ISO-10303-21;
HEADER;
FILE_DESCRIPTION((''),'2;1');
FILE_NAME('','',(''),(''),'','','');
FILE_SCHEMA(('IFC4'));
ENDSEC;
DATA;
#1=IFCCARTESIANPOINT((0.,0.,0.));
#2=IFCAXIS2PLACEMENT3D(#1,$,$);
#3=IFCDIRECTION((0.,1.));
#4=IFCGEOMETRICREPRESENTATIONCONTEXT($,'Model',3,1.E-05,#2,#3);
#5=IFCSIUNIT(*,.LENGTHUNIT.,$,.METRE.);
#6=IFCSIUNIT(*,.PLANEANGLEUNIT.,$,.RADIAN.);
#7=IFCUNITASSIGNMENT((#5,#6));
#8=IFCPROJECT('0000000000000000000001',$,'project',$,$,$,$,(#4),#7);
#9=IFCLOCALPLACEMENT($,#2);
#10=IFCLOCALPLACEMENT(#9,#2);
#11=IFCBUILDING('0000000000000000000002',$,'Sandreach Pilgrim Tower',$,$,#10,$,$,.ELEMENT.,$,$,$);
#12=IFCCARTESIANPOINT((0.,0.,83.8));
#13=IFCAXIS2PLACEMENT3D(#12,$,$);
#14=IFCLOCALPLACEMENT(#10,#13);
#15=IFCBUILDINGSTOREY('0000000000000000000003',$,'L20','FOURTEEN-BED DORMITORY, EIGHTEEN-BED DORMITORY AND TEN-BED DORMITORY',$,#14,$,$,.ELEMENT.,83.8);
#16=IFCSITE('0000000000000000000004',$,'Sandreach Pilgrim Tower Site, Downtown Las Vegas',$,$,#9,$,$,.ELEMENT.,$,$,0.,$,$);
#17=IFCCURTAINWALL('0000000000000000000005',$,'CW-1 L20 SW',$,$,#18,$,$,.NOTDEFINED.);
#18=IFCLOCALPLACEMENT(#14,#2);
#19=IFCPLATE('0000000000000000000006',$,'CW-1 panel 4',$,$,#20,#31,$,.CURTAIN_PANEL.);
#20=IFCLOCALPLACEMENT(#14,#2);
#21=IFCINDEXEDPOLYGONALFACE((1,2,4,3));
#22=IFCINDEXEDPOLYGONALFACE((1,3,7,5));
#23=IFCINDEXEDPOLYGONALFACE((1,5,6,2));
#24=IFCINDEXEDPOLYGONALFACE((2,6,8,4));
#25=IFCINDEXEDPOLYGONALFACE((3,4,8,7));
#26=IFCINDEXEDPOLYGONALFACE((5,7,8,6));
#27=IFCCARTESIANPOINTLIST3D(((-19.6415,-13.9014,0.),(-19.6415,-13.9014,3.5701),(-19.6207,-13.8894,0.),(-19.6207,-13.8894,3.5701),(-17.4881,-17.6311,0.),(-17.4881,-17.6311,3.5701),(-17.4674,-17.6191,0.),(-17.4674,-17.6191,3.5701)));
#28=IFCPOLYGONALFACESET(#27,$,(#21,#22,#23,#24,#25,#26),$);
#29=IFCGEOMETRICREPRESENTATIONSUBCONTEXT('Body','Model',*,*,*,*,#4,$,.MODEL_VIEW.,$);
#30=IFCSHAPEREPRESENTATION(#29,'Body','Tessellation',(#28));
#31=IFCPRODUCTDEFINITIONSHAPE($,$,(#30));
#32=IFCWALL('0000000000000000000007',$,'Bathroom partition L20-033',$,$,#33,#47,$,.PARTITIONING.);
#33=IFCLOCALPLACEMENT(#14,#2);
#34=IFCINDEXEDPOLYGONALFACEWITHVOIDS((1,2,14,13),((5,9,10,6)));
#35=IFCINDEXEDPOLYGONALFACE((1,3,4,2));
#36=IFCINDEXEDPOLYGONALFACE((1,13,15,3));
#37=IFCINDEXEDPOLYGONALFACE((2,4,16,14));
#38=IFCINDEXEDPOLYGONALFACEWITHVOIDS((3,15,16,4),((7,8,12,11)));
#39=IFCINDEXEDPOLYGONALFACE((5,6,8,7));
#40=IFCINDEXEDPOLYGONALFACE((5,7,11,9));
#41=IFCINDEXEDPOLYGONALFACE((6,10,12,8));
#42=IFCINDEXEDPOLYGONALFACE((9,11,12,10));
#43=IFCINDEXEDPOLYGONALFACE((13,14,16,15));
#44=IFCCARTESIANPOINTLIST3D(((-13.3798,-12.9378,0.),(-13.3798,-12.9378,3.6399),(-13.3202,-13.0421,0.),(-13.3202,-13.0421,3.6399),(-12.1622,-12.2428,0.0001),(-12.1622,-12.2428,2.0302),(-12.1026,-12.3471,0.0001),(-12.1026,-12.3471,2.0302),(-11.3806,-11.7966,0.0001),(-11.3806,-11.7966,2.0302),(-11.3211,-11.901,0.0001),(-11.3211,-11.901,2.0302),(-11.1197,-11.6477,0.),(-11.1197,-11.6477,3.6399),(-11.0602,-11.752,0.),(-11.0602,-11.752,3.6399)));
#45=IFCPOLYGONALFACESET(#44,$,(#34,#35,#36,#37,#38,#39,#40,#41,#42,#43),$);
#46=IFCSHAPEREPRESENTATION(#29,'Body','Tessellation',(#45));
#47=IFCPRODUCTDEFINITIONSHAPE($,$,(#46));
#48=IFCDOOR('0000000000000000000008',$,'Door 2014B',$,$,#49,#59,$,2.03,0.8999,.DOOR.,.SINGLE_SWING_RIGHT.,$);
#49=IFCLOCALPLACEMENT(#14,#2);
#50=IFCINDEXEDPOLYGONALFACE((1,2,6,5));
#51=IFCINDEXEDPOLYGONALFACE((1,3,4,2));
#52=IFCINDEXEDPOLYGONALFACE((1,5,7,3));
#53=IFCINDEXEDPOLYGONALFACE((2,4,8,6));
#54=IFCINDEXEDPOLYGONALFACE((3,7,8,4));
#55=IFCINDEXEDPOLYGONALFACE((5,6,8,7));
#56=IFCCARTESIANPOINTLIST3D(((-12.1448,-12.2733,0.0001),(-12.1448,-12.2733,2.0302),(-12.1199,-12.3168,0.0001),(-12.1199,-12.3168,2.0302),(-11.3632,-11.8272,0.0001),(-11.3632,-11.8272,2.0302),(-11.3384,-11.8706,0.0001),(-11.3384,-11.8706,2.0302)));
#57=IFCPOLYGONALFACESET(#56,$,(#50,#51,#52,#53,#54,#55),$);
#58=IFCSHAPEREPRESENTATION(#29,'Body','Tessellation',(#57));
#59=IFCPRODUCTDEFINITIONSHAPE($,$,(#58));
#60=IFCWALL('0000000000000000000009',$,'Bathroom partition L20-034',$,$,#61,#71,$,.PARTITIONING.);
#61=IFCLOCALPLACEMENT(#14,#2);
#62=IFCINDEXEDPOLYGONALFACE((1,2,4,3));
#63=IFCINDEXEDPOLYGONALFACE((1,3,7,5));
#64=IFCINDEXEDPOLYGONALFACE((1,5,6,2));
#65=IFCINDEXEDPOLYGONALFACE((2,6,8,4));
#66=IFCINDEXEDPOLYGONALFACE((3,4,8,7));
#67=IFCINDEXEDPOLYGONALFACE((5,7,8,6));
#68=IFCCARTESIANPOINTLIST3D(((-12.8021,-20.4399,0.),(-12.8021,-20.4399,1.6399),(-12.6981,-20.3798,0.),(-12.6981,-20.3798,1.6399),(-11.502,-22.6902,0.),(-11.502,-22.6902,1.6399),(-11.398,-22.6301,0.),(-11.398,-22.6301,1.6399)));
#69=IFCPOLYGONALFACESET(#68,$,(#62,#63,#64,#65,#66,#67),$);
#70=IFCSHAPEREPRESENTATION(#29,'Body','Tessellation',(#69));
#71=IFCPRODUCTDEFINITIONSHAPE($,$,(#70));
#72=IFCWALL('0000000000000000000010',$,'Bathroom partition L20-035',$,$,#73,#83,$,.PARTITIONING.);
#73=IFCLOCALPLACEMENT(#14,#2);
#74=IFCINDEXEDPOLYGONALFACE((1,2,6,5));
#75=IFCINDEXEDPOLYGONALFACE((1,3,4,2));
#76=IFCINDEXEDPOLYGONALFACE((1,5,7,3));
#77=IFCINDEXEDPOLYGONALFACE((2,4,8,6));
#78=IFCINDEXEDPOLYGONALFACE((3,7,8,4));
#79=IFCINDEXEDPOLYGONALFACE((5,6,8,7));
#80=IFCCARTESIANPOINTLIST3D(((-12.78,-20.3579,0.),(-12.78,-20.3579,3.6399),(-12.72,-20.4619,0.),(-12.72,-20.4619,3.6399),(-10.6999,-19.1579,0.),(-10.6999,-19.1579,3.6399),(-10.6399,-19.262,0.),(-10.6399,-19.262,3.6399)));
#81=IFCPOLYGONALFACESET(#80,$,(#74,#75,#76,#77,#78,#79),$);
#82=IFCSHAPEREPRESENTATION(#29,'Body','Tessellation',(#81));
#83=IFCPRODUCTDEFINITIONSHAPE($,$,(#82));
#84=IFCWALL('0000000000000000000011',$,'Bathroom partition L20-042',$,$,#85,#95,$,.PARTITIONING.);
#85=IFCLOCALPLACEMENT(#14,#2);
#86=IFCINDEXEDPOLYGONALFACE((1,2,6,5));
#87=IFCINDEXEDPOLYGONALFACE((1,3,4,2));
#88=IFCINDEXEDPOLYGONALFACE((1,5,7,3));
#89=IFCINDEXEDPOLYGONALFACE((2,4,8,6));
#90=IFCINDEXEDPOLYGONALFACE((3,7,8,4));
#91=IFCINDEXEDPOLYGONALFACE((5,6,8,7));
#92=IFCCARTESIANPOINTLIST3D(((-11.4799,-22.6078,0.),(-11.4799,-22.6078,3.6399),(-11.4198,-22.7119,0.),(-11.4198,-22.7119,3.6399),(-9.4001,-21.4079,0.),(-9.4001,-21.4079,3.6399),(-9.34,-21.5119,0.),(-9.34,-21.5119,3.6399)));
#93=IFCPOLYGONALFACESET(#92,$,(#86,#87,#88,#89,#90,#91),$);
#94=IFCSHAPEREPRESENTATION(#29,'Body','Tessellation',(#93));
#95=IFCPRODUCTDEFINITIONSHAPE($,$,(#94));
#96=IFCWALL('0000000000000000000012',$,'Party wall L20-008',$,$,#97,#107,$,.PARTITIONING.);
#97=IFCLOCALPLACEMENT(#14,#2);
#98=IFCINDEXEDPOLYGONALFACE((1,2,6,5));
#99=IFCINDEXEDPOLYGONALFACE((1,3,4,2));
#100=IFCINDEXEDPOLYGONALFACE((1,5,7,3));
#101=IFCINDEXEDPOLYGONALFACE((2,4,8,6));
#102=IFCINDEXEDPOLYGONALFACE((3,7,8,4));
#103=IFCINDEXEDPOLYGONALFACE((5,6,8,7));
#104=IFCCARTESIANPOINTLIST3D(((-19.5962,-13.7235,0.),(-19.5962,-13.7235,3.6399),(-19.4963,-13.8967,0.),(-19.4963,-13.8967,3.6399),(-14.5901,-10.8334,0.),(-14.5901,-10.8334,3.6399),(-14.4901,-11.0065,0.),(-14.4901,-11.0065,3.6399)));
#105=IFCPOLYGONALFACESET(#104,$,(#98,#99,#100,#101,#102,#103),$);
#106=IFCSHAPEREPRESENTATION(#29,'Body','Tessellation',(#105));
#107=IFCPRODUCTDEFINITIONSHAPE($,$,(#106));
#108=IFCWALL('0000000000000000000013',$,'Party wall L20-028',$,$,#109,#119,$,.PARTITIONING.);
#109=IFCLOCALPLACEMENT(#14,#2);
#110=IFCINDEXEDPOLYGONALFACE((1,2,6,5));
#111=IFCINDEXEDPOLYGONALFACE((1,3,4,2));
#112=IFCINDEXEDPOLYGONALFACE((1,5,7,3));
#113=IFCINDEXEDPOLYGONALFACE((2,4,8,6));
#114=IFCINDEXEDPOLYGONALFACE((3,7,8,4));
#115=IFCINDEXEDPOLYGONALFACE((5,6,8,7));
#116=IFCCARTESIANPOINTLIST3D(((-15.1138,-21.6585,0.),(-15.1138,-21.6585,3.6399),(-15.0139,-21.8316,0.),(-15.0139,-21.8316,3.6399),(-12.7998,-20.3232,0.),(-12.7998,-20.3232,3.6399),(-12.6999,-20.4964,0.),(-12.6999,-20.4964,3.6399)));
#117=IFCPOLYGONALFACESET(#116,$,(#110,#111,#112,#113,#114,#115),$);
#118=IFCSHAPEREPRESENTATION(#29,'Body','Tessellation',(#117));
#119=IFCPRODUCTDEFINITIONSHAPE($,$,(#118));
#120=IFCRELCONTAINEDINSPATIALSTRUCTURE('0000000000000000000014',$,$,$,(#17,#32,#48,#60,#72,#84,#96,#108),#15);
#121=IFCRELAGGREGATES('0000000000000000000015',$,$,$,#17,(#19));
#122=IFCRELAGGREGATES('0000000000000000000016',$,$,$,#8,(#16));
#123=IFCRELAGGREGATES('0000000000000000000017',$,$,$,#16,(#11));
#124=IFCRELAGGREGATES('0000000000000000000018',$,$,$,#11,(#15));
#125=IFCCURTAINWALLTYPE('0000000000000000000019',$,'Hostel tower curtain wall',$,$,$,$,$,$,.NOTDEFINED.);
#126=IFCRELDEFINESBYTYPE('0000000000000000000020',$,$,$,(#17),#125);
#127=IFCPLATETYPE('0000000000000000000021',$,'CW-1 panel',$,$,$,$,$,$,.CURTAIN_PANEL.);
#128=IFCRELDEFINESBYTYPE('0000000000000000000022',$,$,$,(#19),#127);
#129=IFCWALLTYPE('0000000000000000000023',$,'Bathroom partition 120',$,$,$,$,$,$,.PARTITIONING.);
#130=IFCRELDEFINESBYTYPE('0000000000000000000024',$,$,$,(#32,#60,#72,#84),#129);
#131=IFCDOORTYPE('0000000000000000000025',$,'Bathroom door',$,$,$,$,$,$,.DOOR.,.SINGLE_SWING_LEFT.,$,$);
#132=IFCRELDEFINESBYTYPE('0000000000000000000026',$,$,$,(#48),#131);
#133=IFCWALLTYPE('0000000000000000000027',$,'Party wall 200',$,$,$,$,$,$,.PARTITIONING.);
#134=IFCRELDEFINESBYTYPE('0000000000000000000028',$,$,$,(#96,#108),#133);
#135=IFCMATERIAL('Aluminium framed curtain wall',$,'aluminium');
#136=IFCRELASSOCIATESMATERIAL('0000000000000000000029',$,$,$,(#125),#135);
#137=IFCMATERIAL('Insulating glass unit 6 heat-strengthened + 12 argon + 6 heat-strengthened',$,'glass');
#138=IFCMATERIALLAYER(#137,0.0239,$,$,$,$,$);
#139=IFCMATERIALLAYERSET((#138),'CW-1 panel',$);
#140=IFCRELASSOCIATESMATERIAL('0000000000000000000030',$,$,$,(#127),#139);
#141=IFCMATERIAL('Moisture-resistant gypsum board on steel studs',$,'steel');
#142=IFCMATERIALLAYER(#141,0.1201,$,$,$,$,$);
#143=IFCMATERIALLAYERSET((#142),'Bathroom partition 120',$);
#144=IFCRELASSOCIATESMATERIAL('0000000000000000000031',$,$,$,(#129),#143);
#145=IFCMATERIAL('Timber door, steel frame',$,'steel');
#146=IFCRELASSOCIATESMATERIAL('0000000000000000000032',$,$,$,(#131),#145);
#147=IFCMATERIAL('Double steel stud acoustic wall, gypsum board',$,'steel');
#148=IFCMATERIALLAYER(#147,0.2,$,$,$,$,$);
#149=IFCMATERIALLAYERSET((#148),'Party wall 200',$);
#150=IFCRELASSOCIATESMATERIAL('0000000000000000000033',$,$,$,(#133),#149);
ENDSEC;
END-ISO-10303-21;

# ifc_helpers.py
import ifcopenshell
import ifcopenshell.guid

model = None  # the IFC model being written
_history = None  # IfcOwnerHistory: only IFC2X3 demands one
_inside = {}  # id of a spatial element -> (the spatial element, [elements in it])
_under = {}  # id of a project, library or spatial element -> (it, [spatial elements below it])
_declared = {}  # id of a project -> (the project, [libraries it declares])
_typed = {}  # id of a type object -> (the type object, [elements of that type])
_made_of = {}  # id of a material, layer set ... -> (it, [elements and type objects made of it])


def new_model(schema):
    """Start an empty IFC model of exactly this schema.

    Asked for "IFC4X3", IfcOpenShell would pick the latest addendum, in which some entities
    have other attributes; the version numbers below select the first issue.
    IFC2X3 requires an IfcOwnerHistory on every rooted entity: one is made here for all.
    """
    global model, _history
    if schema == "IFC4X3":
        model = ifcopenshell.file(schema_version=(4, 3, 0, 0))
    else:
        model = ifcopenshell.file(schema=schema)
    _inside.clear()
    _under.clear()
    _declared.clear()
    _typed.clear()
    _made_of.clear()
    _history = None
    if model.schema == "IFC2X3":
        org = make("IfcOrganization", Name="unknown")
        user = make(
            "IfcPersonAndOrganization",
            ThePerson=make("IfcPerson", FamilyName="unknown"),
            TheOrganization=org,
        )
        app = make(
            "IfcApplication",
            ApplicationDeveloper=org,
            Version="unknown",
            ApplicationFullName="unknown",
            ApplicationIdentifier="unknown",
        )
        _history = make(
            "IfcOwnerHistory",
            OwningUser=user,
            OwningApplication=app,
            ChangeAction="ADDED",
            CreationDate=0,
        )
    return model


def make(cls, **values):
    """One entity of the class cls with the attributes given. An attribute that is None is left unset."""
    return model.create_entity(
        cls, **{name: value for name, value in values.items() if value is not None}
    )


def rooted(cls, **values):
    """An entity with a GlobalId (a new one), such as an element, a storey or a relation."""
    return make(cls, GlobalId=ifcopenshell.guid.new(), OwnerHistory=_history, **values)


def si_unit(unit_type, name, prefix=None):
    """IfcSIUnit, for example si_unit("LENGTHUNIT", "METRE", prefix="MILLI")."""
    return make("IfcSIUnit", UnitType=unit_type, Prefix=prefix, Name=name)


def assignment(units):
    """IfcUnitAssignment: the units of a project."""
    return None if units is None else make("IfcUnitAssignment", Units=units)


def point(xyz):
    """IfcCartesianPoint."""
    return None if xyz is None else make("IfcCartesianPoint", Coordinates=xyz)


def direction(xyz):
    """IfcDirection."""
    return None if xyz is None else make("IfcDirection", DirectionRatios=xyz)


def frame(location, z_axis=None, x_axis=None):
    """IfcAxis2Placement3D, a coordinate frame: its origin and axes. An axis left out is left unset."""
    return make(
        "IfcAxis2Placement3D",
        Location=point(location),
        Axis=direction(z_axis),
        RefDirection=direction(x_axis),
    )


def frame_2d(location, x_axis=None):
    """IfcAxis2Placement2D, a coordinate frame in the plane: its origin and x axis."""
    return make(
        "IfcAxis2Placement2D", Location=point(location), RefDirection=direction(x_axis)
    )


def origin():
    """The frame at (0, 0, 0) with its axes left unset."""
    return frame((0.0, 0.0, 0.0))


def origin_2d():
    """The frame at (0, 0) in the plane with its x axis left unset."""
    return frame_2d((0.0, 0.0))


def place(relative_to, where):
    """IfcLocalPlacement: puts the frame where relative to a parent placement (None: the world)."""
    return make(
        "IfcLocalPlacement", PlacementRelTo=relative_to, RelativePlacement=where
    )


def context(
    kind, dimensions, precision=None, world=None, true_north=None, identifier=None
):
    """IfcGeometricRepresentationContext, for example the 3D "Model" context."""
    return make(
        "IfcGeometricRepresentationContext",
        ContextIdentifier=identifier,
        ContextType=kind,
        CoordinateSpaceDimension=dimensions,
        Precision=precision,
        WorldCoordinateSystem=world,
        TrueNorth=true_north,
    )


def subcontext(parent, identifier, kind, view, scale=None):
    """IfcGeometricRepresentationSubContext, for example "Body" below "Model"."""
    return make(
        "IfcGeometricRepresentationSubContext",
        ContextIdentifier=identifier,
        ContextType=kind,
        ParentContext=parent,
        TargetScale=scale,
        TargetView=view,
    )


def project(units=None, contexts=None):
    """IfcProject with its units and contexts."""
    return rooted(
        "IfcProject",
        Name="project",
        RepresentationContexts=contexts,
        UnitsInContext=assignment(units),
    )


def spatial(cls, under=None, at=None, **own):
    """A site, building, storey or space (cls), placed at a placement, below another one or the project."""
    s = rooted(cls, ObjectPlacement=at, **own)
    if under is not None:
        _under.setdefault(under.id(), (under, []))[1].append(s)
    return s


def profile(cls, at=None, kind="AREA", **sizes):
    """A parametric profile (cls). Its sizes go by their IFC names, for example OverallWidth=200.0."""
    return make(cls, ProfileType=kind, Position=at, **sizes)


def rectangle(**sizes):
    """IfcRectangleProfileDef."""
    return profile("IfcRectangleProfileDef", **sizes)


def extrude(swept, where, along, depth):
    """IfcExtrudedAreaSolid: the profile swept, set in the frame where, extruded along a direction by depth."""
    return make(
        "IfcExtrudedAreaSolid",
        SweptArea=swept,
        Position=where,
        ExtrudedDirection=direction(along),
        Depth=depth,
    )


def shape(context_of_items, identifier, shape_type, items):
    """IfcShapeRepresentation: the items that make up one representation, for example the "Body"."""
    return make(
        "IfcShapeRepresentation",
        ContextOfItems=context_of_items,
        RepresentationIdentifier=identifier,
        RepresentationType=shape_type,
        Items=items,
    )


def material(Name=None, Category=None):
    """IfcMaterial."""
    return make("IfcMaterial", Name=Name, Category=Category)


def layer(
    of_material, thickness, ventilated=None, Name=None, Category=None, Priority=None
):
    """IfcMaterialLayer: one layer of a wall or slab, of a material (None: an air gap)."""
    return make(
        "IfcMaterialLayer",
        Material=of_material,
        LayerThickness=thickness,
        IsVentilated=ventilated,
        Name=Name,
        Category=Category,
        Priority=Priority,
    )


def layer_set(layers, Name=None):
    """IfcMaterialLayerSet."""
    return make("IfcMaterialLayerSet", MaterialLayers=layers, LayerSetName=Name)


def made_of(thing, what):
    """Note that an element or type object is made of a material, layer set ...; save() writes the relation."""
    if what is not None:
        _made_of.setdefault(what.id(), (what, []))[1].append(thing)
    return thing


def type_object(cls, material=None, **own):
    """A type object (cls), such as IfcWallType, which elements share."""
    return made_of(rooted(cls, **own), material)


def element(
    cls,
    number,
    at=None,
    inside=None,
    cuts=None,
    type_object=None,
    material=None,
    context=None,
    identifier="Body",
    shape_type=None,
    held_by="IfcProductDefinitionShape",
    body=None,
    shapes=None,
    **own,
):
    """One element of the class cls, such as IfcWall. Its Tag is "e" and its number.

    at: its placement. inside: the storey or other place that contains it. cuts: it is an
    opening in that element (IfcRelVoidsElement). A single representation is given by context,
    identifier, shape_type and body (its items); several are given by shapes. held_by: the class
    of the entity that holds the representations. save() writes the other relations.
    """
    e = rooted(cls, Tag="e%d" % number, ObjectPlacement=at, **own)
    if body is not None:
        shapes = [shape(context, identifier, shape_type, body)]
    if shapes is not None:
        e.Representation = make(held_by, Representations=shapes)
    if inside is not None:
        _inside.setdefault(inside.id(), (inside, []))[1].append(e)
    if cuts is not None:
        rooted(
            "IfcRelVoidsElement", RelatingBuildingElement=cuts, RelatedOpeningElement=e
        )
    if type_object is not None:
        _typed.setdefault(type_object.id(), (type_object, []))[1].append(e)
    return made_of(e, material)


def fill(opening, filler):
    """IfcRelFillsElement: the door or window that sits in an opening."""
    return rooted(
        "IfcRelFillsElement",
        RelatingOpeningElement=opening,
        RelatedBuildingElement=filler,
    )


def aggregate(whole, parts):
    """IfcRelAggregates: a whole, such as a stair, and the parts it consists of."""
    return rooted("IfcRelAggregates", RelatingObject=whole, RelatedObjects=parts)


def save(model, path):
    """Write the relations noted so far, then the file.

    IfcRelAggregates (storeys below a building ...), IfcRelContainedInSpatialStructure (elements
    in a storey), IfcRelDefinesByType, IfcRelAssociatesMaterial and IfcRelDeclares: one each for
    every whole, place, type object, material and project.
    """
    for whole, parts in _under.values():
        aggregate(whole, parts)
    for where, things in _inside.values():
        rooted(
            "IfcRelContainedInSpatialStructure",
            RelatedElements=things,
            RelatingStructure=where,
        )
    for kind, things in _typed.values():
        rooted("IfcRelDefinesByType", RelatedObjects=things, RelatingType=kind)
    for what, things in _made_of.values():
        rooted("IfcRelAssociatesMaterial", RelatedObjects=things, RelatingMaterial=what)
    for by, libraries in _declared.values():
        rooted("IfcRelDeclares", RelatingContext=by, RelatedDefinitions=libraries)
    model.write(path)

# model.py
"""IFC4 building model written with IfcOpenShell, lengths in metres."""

from ifc_helpers import new_model, si_unit, direction, frame, frame_2d, origin, origin_2d, place, context, subcontext, project, spatial, rectangle, extrude, material, layer, layer_set, type_object, element, fill, aggregate, save


model = new_model("IFC4")

# Units and contexts
model_context = context("Model", 3, precision=1e-05, world=origin(), true_north=direction((0.0, 1.0)))
body_context = subcontext(model_context, "Body", "Model", "MODEL_VIEW")
ifc_project = project(units=[si_unit("LENGTHUNIT", "METRE"), si_unit("PLANEANGLEUNIT", "RADIAN")], contexts=[model_context])

# Site, building, storey
site_placement = place(None, origin())
site = spatial("IfcSite", under=ifc_project, at=site_placement, Name="Sandreach Pilgrim Tower Site, Downtown Las Vegas", CompositionType="ELEMENT", RefElevation=0.0)
building_placement = place(site_placement, origin())
building = spatial("IfcBuilding", under=site, at=building_placement, Name="Sandreach Pilgrim Tower", CompositionType="ELEMENT")
storey_placement = place(building_placement, frame((0.0, 0.0, 83.8)))
storey = spatial("IfcBuildingStorey", under=building, at=storey_placement, Name="L20", Description="FOURTEEN-BED DORMITORY, EIGHTEEN-BED DORMITORY AND TEN-BED DORMITORY", CompositionType="ELEMENT", Elevation=83.8)

# Curtain wall
ifc_material_1 = material(Name="Aluminium framed curtain wall", Category="aluminium")
curtain_wall_type = type_object("IfcCurtainWallType", Name="Hostel tower curtain wall", PredefinedType="NOTDEFINED", material=ifc_material_1)
curtain_wall_placement = place(storey_placement, origin())
curtain_wall = element("IfcCurtainWall", 1, at=curtain_wall_placement, inside=storey, type_object=curtain_wall_type, Name="CW-1 L20 SW", PredefinedType="NOTDEFINED")

# Plate
ifc_material_2 = material(Name="Insulating glass unit 6 heat-strengthened + 12 argon + 6 heat-strengthened", Category="glass")
ifc_layer_1 = layer(ifc_material_2, 0.0239)
ifc_layer_set_1 = layer_set([ifc_layer_1], Name="CW-1 panel")
plate_type = type_object("IfcPlateType", Name="CW-1 panel", PredefinedType="CURTAIN_PANEL", material=ifc_layer_set_1)
plate_1_placement = place(storey_placement, frame((-18.5544, -15.7603, 0.0), z_axis=(0.0, 0.0, 1.0), x_axis=(-0.5, 0.866025, 0.0)))
plate_1 = element("IfcPlate", 2, at=plate_1_placement, type_object=plate_type, Name="CW-1 panel 4", PredefinedType="CURTAIN_PANEL", context=body_context, shape_type="SweptSolid", body=[
    extrude(rectangle(XDim=4.3066, YDim=0.0239, at=origin_2d()), origin(), (0.0, 0.0, 1.0), 3.5701),
])
aggregate(curtain_wall, [plate_1])

# Wall, opening, door
ifc_material_3 = material(Name="Moisture-resistant gypsum board on steel studs", Category="steel")
ifc_layer_2 = layer(ifc_material_3, 0.1201)
ifc_layer_set_2 = layer_set([ifc_layer_2], Name="Bathroom partition 120")
wall_type_1 = type_object("IfcWallType", Name="Bathroom partition 120", PredefinedType="PARTITIONING", material=ifc_layer_set_2)
wall_1_placement = place(storey_placement, frame((-13.3501, -12.99, 0.0), z_axis=(0.0, 0.0, 1.0), x_axis=(0.868474, 0.495735, 0.0)))
wall_1 = element("IfcWall", 3, at=wall_1_placement, inside=storey, type_object=wall_type_1, Name="Bathroom partition L20-033", PredefinedType="PARTITIONING", context=body_context, shape_type="SweptSolid", body=[
    extrude(rectangle(XDim=2.6023, YDim=0.1201, at=frame_2d((1.3013, 0.0))), origin(), (0.0, 0.0, 1.0), 3.6399),
])
opening_placement = place(wall_1_placement, frame((1.4021, 0.0, 0.0)))
opening = element("IfcOpeningElement", 4, at=opening_placement, cuts=wall_1, PredefinedType="OPENING", context=body_context, shape_type="SweptSolid", body=[
    extrude(rectangle(XDim=0.8999, YDim=2.03, at=frame_2d((0.45, 1.0151))), frame((0.0, 0.0601, 0.0), z_axis=(0.0, -1.0, 0.0), x_axis=(1.0, 0.0, 0.0)), (0.0, 0.0, 1.0), 0.1201),
])
ifc_material_4 = material(Name="Timber door, steel frame", Category="steel")
door_type = type_object("IfcDoorType", Name="Bathroom door", OperationType="SINGLE_SWING_LEFT", PredefinedType="DOOR", material=ifc_material_4)
door_placement = place(opening_placement, origin())
door = element("IfcDoor", 5, at=door_placement, inside=storey, type_object=door_type, Name="Door 2014B", OperationType="SINGLE_SWING_RIGHT", OverallHeight=2.03, OverallWidth=0.8999, PredefinedType="DOOR", context=body_context, shape_type="SweptSolid", body=[
    extrude(rectangle(XDim=0.8999, YDim=2.03, at=frame_2d((0.45, 1.0151))), frame((0.0, 0.0249, 0.0), z_axis=(0.0, -1.0, 0.0), x_axis=(1.0, 0.0, 0.0)), (0.0, 0.0, 1.0), 0.05),
])
fill(opening, door)

# Walls
wall_2_placement = place(storey_placement, frame((-12.75, -20.4099, 0.0), z_axis=(0.0, 0.0, 1.0), x_axis=(0.500251, -0.86588, 0.0)))
element("IfcWall", 6, at=wall_2_placement, inside=storey, type_object=wall_type_1, Name="Bathroom partition L20-034", PredefinedType="PARTITIONING", context=body_context, shape_type="SweptSolid", body=[
    extrude(rectangle(XDim=2.5989, YDim=0.1201, at=frame_2d((1.2993, 0.0))), origin(), (0.0, 0.0, 1.0), 1.6399),
])
wall_3_placement = place(storey_placement, frame((-12.75, -20.4099, 0.0), z_axis=(0.0, 0.0, 1.0), x_axis=(0.866203, 0.499693, 0.0)))
element("IfcWall", 7, at=wall_3_placement, inside=storey, type_object=wall_type_1, Name="Bathroom partition L20-035", PredefinedType="PARTITIONING", context=body_context, shape_type="SweptSolid", body=[
    extrude(rectangle(XDim=2.4014, YDim=0.1201, at=frame_2d((1.2007, 0.0))), origin(), (0.0, 0.0, 1.0), 3.6399),
])
wall_4_placement = place(storey_placement, frame((-11.45, -22.6599, 0.0), z_axis=(0.0, 0.0, 1.0), x_axis=(0.866177, 0.499737, 0.0)))
element("IfcWall", 8, at=wall_4_placement, inside=storey, type_object=wall_type_1, Name="Bathroom partition L20-042", PredefinedType="PARTITIONING", context=body_context, shape_type="SweptSolid", body=[
    extrude(rectangle(XDim=2.4011, YDim=0.1201, at=frame_2d((1.2007, 0.0))), origin(), (0.0, 0.0, 1.0), 3.6399),
])
ifc_material_5 = material(Name="Double steel stud acoustic wall, gypsum board", Category="steel")
ifc_layer_3 = layer(ifc_material_5, 0.2)
ifc_layer_set_3 = layer_set([ifc_layer_3], Name="Party wall 200")
wall_type_2 = type_object("IfcWallType", Name="Party wall 200", PredefinedType="PARTITIONING", material=ifc_layer_set_3)
wall_5_placement = place(storey_placement, frame((-19.5461, -13.8101, 0.0), z_axis=(0.0, 0.0, 1.0), x_axis=(0.866036, 0.499982, 0.0)))
element("IfcWall", 9, at=wall_5_placement, inside=storey, type_object=wall_type_2, Name="Party wall L20-008", PredefinedType="PARTITIONING", context=body_context, shape_type="SweptSolid", body=[
    extrude(rectangle(XDim=5.7805, YDim=0.2, at=frame_2d((2.8901, 0.0))), origin(), (0.0, 0.0, 1.0), 3.6399),
])
wall_6_placement = place(storey_placement, frame((-15.064, -21.7451, 0.0), z_axis=(0.0, 0.0, 1.0), x_axis=(0.866149, 0.499786, 0.0)))
element("IfcWall", 10, at=wall_6_placement, inside=storey, type_object=wall_type_2, Name="Party wall L20-028", PredefinedType="PARTITIONING", context=body_context, shape_type="SweptSolid", body=[
    extrude(rectangle(XDim=2.6716, YDim=0.2, at=frame_2d((1.3359, 0.0))), origin(), (0.0, 0.0, 1.0), 3.6399),
])

save(model, "model.ifc")
